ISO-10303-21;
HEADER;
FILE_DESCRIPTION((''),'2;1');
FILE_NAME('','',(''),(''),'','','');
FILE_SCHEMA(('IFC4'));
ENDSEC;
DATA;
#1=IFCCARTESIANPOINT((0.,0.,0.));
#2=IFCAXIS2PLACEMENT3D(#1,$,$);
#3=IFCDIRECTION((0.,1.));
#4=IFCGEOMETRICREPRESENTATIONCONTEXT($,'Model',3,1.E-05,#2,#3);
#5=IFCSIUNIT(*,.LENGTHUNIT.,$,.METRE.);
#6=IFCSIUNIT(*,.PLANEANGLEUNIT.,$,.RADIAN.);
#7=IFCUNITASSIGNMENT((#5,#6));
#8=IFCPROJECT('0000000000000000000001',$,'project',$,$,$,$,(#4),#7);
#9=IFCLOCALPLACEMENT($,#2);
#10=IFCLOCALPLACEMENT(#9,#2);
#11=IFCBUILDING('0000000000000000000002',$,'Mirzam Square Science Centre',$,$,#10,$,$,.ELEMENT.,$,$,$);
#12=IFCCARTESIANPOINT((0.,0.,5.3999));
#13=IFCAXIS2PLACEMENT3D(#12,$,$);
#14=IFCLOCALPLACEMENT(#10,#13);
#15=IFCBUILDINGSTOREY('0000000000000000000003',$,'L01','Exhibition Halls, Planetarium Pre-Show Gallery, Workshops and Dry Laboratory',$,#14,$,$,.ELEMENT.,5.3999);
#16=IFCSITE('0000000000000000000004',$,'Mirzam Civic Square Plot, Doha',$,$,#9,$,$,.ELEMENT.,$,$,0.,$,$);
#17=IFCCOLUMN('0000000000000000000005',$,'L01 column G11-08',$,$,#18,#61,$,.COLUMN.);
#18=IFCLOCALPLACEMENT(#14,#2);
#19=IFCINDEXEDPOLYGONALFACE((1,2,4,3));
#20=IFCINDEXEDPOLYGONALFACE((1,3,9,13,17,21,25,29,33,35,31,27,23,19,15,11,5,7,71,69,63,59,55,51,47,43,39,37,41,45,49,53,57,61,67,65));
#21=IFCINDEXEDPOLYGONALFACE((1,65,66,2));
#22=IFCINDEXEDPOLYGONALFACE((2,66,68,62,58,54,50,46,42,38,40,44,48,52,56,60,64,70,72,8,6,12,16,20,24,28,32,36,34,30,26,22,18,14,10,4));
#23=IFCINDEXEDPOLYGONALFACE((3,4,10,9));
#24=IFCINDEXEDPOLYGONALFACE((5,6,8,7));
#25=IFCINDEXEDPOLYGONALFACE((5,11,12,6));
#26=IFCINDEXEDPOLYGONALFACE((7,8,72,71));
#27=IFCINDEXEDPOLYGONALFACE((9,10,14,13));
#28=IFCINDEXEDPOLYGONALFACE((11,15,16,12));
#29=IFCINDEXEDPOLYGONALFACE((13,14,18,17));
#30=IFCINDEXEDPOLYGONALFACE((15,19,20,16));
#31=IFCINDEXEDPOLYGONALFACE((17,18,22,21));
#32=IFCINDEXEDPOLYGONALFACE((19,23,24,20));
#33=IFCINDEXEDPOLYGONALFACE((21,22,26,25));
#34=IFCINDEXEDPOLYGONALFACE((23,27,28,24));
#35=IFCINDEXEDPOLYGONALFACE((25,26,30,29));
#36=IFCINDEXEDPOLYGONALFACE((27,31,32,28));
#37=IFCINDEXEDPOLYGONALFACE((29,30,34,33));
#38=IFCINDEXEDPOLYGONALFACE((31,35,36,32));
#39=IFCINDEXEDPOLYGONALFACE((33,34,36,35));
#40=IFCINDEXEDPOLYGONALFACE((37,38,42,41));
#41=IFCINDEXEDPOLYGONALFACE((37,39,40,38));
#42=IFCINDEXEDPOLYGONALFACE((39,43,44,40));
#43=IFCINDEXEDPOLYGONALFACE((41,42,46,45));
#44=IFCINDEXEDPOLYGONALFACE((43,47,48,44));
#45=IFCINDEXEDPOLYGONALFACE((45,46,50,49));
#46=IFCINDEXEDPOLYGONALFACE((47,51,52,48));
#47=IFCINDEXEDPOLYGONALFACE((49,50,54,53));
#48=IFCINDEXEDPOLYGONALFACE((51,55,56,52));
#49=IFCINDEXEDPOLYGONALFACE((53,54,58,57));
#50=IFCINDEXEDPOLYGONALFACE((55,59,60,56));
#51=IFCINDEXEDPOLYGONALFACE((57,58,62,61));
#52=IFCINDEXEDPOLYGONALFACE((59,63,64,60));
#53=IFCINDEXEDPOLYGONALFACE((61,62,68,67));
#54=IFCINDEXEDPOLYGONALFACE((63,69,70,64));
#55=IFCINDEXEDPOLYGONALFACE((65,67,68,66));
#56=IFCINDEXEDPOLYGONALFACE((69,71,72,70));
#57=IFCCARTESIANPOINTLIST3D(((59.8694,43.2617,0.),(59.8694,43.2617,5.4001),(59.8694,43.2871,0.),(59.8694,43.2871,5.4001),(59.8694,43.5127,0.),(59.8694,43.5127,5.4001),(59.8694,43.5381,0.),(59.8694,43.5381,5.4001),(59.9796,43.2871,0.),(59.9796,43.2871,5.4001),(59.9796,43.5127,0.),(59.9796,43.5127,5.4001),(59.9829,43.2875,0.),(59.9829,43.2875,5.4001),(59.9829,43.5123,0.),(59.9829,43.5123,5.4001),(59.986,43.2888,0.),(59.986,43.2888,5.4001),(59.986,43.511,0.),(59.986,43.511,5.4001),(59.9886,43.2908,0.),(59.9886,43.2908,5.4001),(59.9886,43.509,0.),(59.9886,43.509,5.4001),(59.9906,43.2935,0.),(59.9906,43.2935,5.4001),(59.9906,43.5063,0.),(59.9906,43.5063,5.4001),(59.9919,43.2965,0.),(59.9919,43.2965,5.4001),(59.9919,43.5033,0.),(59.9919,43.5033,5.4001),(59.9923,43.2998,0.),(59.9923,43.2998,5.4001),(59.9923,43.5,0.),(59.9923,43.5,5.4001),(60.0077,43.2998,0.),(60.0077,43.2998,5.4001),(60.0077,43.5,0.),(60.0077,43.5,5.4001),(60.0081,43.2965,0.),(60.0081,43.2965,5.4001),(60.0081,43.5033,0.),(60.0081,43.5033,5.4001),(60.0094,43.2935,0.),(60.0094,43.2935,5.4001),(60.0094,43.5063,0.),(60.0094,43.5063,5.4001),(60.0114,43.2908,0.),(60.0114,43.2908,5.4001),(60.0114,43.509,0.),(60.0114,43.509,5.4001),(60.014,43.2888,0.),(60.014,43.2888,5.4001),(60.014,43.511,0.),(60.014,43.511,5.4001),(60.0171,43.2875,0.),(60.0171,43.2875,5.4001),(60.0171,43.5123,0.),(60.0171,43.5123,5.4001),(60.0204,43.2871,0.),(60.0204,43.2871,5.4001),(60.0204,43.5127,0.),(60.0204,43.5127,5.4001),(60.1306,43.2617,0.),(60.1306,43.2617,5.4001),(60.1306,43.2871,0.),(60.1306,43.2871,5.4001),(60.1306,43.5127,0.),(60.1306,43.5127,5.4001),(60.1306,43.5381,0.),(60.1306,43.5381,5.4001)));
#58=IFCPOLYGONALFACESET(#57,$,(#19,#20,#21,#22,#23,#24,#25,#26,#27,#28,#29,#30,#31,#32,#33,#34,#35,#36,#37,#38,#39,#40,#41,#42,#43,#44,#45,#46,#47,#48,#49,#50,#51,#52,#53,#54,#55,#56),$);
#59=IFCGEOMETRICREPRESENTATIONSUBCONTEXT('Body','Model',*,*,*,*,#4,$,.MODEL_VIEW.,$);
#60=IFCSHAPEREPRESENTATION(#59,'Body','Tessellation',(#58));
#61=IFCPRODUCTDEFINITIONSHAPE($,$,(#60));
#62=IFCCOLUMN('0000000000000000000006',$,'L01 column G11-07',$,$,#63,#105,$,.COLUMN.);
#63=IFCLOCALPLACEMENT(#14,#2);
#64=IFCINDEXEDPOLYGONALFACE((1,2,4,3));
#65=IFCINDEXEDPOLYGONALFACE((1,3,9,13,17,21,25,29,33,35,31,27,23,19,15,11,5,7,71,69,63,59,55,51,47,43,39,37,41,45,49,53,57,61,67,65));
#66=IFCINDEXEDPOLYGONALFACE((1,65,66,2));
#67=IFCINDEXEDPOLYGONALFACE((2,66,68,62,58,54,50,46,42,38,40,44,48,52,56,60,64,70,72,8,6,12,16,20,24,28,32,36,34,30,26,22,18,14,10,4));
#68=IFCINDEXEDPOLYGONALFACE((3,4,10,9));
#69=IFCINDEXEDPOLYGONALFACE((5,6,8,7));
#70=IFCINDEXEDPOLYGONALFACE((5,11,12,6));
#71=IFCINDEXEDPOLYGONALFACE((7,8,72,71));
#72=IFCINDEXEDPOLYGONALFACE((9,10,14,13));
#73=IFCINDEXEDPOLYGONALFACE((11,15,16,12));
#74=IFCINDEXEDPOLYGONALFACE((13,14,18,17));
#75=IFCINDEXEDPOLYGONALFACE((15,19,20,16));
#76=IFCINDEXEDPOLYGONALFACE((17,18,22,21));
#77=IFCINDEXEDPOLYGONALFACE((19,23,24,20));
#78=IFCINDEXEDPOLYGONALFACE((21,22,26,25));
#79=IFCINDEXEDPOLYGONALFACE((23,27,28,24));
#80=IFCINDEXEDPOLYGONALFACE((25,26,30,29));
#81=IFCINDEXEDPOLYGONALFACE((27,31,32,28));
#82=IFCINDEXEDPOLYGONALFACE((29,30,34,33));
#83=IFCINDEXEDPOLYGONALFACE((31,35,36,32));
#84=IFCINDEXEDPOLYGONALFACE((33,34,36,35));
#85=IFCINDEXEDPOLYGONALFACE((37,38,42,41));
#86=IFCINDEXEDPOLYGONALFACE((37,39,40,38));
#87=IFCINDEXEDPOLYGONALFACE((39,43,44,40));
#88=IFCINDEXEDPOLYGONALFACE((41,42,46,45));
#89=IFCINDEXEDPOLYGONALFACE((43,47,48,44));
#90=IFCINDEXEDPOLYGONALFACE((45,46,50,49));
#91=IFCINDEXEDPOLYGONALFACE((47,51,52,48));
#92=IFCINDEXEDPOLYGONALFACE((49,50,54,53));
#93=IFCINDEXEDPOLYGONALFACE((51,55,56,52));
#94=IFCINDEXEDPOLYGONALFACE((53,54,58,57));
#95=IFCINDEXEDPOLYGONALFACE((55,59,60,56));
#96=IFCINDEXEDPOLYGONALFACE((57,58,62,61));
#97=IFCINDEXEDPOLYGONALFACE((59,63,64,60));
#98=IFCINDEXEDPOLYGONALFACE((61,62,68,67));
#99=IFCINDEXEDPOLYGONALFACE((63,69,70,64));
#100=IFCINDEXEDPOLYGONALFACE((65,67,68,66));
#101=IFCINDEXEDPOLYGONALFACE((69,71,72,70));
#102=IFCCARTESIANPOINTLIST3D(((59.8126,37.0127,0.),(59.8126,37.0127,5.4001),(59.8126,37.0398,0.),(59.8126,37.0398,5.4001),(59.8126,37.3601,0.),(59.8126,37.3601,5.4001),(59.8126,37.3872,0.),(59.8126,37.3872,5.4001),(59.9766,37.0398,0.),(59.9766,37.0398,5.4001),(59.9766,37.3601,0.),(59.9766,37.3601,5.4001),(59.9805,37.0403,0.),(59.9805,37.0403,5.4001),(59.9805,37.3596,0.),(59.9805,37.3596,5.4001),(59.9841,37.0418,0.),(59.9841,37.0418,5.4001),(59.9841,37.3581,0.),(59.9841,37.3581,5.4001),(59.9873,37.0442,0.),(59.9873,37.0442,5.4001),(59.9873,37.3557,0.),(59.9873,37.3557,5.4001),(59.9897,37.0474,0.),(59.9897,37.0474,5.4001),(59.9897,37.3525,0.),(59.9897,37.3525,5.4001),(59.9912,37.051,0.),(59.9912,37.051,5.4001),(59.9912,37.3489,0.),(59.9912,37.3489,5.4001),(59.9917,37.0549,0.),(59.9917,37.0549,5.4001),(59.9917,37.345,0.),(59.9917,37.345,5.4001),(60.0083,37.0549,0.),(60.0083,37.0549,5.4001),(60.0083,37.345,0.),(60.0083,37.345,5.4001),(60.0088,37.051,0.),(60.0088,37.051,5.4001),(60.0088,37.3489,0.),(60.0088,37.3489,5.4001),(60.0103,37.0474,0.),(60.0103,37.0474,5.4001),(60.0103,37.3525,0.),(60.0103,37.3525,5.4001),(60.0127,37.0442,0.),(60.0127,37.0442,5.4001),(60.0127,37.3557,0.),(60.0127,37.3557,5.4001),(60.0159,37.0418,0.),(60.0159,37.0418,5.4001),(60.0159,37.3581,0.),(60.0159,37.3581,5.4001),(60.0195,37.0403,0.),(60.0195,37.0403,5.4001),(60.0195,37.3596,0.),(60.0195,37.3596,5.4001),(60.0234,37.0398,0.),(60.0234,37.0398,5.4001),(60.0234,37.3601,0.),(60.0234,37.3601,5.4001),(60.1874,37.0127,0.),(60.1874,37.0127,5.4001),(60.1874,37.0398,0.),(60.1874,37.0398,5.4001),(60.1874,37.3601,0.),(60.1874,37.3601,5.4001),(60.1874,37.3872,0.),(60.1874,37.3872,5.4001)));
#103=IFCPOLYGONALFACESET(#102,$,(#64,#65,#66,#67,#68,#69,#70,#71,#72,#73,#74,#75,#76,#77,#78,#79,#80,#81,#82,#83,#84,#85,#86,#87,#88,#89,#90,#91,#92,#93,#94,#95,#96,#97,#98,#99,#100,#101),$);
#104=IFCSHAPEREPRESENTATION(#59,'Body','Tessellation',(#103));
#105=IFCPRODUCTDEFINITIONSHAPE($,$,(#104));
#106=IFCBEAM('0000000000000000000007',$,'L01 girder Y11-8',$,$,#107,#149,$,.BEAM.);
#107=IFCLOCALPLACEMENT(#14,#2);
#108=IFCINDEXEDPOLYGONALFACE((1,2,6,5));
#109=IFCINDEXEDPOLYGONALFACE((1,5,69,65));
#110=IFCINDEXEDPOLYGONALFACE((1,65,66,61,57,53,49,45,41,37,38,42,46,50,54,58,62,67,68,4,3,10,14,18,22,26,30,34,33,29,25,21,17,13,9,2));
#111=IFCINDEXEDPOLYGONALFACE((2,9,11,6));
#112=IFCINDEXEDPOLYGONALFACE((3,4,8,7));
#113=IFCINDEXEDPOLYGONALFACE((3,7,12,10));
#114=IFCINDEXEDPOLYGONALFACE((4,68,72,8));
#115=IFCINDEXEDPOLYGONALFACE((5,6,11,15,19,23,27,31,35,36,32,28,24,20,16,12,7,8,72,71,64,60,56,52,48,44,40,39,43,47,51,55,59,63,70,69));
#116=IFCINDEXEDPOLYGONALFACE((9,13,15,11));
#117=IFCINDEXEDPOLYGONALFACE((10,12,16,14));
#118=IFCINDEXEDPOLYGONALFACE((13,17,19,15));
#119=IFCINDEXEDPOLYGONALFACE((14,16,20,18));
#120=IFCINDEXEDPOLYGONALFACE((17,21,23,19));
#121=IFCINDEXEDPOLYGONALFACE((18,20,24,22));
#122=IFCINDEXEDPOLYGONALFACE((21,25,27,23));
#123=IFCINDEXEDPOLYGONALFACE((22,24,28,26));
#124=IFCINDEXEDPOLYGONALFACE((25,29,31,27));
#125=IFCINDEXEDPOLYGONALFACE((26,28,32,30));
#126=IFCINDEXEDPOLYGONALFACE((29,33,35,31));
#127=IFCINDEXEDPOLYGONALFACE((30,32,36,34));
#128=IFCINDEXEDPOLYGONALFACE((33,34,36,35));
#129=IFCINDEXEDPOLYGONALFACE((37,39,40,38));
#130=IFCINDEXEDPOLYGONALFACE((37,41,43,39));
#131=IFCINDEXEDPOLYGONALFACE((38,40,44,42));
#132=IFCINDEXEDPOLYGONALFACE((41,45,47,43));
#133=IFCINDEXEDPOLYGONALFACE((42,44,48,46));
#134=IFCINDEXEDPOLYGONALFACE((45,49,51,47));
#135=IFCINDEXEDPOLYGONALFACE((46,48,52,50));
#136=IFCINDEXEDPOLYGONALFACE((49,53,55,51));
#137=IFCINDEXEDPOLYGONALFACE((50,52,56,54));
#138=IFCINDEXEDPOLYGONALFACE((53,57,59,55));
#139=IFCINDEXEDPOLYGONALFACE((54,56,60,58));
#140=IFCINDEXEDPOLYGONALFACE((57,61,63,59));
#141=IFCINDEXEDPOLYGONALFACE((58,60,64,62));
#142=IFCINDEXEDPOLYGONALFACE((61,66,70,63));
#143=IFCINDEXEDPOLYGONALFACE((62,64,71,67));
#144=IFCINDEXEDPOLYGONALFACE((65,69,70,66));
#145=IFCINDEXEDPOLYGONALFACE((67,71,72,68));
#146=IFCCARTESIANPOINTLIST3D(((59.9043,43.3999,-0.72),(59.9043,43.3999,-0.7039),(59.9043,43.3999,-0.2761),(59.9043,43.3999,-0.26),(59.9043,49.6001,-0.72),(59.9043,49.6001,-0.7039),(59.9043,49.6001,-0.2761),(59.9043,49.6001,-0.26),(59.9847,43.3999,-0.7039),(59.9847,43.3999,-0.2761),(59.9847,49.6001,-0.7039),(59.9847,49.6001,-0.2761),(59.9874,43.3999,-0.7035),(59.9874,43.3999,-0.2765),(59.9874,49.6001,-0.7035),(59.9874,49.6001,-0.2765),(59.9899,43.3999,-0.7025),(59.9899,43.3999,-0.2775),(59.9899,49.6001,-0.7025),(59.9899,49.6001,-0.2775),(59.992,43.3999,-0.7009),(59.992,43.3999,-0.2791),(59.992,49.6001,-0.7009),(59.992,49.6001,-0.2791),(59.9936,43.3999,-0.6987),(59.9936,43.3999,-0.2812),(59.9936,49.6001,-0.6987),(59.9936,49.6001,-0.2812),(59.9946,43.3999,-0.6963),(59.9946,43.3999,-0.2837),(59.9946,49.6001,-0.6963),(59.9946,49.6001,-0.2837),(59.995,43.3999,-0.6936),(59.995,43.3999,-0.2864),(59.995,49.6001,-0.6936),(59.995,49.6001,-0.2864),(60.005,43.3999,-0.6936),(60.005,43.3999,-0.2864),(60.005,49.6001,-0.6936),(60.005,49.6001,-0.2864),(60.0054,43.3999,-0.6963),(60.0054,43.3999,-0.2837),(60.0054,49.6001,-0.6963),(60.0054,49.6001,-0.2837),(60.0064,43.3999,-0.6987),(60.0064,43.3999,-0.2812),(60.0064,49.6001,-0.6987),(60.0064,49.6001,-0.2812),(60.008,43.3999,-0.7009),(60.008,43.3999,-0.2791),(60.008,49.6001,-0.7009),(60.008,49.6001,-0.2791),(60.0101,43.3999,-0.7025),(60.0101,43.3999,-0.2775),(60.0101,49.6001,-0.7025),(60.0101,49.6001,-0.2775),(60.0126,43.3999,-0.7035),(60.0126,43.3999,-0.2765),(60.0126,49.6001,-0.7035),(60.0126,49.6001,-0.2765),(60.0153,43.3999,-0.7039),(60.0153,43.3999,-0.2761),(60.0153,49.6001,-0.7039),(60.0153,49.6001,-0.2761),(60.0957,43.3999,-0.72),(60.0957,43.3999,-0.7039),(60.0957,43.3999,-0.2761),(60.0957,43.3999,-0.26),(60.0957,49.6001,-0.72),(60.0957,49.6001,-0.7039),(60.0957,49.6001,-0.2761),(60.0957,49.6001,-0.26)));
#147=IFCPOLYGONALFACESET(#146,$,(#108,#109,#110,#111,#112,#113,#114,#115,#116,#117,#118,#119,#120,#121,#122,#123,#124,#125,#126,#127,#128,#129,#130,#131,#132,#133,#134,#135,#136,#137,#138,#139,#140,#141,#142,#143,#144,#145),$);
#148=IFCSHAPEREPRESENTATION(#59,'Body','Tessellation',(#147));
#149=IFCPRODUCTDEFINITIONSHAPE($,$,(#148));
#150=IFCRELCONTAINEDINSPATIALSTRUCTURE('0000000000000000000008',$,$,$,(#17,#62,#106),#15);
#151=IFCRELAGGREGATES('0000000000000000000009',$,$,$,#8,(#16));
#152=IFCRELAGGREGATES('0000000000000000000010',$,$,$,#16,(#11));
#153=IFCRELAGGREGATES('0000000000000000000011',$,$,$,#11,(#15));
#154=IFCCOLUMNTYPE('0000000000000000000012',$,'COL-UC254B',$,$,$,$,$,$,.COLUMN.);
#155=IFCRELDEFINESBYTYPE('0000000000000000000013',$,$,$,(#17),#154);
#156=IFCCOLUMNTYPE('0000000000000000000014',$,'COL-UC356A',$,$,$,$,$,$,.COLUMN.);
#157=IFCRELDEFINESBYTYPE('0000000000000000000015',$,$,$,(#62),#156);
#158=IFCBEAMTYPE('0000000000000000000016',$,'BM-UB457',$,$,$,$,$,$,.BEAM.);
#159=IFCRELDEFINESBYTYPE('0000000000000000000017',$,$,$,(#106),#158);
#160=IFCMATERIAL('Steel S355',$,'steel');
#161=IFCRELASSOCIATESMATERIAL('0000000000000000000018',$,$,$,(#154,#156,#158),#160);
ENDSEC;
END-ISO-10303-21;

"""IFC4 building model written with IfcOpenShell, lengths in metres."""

from ifc_helpers import new_model, si_unit, direction, frame, origin, origin_2d, place, context, subcontext, project, spatial, i_section, extrude, material, material_profile, profile_set, type_object, element, save


model = new_model("IFC4")

# Units and contexts
model_context = context("Model", 3, precision=1e-05, world=origin(), true_north=direction((0.0, 1.0)))
body_context = subcontext(model_context, "Body", "Model", "MODEL_VIEW")
ifc_project = project(units=[si_unit("LENGTHUNIT", "METRE"), si_unit("PLANEANGLEUNIT", "RADIAN")], contexts=[model_context])

# Site, building, storey
site_placement = place(None, origin())
site = spatial("IfcSite", under=ifc_project, at=site_placement, Name="Mirzam Civic Square Plot, Doha", CompositionType="ELEMENT", RefElevation=0.0)
building_placement = place(site_placement, origin())
building = spatial("IfcBuilding", under=site, at=building_placement, Name="Mirzam Square Science Centre", CompositionType="ELEMENT")
storey_placement = place(building_placement, frame((0.0, 0.0, 5.3999)))
storey = spatial("IfcBuildingStorey", under=building, at=storey_placement, Name="L01", Description="Exhibition Halls, Planetarium Pre-Show Gallery, Workshops and Dry Laboratory", CompositionType="ELEMENT", Elevation=5.3999)

# Columns
ifc_material_1 = material(Name="Steel S355", Category="steel")
ifc_material_profile_1 = material_profile(ifc_material_1, i_section(OverallWidth=0.2612, OverallDepth=0.2764, WebThickness=0.0154, FlangeThickness=0.0254, FilletRadius=0.0127, at=origin_2d()), Name="254x254x132UC")
ifc_profile_set_1 = profile_set([ifc_material_profile_1], Name="Steel S355")
column_type_1 = type_object("IfcColumnType", Name="COL-UC254B", PredefinedType="COLUMN", material=ifc_profile_set_1)
column_1_placement = place(storey_placement, frame((60.0, 43.3999, 0.0), z_axis=(0.0, 0.0, 1.0), x_axis=(1.0, 0.0, 0.0)))
element("IfcColumn", 1, at=column_1_placement, inside=storey, type_object=column_type_1, Name="L01 column G11-08", PredefinedType="COLUMN", context=body_context, shape_type="SweptSolid", body=[
    extrude(i_section(OverallWidth=0.2612, OverallDepth=0.2764, WebThickness=0.0154, FlangeThickness=0.0254, FilletRadius=0.0127, at=origin_2d()), origin(), (0.0, 0.0, 1.0), 5.4001),
])
ifc_material_profile_2 = material_profile(ifc_material_1, i_section(OverallWidth=0.3748, OverallDepth=0.3745, WebThickness=0.0166, FlangeThickness=0.0271, FilletRadius=0.0151, at=origin_2d()), Name="356x368x202UC")
ifc_profile_set_2 = profile_set([ifc_material_profile_2], Name="Steel S355")
column_type_2 = type_object("IfcColumnType", Name="COL-UC356A", PredefinedType="COLUMN", material=ifc_profile_set_2)
column_2_placement = place(storey_placement, frame((60.0, 37.2, 0.0), z_axis=(0.0, 0.0, 1.0), x_axis=(1.0, 0.0, 0.0)))
element("IfcColumn", 2, at=column_2_placement, inside=storey, type_object=column_type_2, Name="L01 column G11-07", PredefinedType="COLUMN", context=body_context, shape_type="SweptSolid", body=[
    extrude(i_section(OverallWidth=0.3748, OverallDepth=0.3745, WebThickness=0.0166, FlangeThickness=0.0271, FilletRadius=0.0151, at=origin_2d()), origin(), (0.0, 0.0, 1.0), 5.4001),
])

# Beam
ifc_material_profile_3 = material_profile(ifc_material_1, i_section(OverallWidth=0.1914, OverallDepth=0.46, WebThickness=0.01, FlangeThickness=0.0161, FilletRadius=0.0103, at=origin_2d()), Name="457x191x82UB")
ifc_profile_set_3 = profile_set([ifc_material_profile_3], Name="Steel S355")
beam_type_1 = type_object("IfcBeamType", Name="BM-UB457", PredefinedType="BEAM", material=ifc_profile_set_3)
beam_1_placement = place(storey_placement, frame((60.0, 43.3999, -0.49), z_axis=(0.0, 1.0, 0.0), x_axis=(-1.0, 0.0, 0.0)))
element("IfcBeam", 3, at=beam_1_placement, inside=storey, type_object=beam_type_1, Name="L01 girder Y11-8", PredefinedType="BEAM", context=body_context, shape_type="SweptSolid", body=[
    extrude(i_section(OverallWidth=0.1914, OverallDepth=0.46, WebThickness=0.01, FlangeThickness=0.0161, FilletRadius=0.0103, at=origin_2d()), origin(), (0.0, 0.0, 1.0), 6.2002),
])

save(model, "model.ifc")
